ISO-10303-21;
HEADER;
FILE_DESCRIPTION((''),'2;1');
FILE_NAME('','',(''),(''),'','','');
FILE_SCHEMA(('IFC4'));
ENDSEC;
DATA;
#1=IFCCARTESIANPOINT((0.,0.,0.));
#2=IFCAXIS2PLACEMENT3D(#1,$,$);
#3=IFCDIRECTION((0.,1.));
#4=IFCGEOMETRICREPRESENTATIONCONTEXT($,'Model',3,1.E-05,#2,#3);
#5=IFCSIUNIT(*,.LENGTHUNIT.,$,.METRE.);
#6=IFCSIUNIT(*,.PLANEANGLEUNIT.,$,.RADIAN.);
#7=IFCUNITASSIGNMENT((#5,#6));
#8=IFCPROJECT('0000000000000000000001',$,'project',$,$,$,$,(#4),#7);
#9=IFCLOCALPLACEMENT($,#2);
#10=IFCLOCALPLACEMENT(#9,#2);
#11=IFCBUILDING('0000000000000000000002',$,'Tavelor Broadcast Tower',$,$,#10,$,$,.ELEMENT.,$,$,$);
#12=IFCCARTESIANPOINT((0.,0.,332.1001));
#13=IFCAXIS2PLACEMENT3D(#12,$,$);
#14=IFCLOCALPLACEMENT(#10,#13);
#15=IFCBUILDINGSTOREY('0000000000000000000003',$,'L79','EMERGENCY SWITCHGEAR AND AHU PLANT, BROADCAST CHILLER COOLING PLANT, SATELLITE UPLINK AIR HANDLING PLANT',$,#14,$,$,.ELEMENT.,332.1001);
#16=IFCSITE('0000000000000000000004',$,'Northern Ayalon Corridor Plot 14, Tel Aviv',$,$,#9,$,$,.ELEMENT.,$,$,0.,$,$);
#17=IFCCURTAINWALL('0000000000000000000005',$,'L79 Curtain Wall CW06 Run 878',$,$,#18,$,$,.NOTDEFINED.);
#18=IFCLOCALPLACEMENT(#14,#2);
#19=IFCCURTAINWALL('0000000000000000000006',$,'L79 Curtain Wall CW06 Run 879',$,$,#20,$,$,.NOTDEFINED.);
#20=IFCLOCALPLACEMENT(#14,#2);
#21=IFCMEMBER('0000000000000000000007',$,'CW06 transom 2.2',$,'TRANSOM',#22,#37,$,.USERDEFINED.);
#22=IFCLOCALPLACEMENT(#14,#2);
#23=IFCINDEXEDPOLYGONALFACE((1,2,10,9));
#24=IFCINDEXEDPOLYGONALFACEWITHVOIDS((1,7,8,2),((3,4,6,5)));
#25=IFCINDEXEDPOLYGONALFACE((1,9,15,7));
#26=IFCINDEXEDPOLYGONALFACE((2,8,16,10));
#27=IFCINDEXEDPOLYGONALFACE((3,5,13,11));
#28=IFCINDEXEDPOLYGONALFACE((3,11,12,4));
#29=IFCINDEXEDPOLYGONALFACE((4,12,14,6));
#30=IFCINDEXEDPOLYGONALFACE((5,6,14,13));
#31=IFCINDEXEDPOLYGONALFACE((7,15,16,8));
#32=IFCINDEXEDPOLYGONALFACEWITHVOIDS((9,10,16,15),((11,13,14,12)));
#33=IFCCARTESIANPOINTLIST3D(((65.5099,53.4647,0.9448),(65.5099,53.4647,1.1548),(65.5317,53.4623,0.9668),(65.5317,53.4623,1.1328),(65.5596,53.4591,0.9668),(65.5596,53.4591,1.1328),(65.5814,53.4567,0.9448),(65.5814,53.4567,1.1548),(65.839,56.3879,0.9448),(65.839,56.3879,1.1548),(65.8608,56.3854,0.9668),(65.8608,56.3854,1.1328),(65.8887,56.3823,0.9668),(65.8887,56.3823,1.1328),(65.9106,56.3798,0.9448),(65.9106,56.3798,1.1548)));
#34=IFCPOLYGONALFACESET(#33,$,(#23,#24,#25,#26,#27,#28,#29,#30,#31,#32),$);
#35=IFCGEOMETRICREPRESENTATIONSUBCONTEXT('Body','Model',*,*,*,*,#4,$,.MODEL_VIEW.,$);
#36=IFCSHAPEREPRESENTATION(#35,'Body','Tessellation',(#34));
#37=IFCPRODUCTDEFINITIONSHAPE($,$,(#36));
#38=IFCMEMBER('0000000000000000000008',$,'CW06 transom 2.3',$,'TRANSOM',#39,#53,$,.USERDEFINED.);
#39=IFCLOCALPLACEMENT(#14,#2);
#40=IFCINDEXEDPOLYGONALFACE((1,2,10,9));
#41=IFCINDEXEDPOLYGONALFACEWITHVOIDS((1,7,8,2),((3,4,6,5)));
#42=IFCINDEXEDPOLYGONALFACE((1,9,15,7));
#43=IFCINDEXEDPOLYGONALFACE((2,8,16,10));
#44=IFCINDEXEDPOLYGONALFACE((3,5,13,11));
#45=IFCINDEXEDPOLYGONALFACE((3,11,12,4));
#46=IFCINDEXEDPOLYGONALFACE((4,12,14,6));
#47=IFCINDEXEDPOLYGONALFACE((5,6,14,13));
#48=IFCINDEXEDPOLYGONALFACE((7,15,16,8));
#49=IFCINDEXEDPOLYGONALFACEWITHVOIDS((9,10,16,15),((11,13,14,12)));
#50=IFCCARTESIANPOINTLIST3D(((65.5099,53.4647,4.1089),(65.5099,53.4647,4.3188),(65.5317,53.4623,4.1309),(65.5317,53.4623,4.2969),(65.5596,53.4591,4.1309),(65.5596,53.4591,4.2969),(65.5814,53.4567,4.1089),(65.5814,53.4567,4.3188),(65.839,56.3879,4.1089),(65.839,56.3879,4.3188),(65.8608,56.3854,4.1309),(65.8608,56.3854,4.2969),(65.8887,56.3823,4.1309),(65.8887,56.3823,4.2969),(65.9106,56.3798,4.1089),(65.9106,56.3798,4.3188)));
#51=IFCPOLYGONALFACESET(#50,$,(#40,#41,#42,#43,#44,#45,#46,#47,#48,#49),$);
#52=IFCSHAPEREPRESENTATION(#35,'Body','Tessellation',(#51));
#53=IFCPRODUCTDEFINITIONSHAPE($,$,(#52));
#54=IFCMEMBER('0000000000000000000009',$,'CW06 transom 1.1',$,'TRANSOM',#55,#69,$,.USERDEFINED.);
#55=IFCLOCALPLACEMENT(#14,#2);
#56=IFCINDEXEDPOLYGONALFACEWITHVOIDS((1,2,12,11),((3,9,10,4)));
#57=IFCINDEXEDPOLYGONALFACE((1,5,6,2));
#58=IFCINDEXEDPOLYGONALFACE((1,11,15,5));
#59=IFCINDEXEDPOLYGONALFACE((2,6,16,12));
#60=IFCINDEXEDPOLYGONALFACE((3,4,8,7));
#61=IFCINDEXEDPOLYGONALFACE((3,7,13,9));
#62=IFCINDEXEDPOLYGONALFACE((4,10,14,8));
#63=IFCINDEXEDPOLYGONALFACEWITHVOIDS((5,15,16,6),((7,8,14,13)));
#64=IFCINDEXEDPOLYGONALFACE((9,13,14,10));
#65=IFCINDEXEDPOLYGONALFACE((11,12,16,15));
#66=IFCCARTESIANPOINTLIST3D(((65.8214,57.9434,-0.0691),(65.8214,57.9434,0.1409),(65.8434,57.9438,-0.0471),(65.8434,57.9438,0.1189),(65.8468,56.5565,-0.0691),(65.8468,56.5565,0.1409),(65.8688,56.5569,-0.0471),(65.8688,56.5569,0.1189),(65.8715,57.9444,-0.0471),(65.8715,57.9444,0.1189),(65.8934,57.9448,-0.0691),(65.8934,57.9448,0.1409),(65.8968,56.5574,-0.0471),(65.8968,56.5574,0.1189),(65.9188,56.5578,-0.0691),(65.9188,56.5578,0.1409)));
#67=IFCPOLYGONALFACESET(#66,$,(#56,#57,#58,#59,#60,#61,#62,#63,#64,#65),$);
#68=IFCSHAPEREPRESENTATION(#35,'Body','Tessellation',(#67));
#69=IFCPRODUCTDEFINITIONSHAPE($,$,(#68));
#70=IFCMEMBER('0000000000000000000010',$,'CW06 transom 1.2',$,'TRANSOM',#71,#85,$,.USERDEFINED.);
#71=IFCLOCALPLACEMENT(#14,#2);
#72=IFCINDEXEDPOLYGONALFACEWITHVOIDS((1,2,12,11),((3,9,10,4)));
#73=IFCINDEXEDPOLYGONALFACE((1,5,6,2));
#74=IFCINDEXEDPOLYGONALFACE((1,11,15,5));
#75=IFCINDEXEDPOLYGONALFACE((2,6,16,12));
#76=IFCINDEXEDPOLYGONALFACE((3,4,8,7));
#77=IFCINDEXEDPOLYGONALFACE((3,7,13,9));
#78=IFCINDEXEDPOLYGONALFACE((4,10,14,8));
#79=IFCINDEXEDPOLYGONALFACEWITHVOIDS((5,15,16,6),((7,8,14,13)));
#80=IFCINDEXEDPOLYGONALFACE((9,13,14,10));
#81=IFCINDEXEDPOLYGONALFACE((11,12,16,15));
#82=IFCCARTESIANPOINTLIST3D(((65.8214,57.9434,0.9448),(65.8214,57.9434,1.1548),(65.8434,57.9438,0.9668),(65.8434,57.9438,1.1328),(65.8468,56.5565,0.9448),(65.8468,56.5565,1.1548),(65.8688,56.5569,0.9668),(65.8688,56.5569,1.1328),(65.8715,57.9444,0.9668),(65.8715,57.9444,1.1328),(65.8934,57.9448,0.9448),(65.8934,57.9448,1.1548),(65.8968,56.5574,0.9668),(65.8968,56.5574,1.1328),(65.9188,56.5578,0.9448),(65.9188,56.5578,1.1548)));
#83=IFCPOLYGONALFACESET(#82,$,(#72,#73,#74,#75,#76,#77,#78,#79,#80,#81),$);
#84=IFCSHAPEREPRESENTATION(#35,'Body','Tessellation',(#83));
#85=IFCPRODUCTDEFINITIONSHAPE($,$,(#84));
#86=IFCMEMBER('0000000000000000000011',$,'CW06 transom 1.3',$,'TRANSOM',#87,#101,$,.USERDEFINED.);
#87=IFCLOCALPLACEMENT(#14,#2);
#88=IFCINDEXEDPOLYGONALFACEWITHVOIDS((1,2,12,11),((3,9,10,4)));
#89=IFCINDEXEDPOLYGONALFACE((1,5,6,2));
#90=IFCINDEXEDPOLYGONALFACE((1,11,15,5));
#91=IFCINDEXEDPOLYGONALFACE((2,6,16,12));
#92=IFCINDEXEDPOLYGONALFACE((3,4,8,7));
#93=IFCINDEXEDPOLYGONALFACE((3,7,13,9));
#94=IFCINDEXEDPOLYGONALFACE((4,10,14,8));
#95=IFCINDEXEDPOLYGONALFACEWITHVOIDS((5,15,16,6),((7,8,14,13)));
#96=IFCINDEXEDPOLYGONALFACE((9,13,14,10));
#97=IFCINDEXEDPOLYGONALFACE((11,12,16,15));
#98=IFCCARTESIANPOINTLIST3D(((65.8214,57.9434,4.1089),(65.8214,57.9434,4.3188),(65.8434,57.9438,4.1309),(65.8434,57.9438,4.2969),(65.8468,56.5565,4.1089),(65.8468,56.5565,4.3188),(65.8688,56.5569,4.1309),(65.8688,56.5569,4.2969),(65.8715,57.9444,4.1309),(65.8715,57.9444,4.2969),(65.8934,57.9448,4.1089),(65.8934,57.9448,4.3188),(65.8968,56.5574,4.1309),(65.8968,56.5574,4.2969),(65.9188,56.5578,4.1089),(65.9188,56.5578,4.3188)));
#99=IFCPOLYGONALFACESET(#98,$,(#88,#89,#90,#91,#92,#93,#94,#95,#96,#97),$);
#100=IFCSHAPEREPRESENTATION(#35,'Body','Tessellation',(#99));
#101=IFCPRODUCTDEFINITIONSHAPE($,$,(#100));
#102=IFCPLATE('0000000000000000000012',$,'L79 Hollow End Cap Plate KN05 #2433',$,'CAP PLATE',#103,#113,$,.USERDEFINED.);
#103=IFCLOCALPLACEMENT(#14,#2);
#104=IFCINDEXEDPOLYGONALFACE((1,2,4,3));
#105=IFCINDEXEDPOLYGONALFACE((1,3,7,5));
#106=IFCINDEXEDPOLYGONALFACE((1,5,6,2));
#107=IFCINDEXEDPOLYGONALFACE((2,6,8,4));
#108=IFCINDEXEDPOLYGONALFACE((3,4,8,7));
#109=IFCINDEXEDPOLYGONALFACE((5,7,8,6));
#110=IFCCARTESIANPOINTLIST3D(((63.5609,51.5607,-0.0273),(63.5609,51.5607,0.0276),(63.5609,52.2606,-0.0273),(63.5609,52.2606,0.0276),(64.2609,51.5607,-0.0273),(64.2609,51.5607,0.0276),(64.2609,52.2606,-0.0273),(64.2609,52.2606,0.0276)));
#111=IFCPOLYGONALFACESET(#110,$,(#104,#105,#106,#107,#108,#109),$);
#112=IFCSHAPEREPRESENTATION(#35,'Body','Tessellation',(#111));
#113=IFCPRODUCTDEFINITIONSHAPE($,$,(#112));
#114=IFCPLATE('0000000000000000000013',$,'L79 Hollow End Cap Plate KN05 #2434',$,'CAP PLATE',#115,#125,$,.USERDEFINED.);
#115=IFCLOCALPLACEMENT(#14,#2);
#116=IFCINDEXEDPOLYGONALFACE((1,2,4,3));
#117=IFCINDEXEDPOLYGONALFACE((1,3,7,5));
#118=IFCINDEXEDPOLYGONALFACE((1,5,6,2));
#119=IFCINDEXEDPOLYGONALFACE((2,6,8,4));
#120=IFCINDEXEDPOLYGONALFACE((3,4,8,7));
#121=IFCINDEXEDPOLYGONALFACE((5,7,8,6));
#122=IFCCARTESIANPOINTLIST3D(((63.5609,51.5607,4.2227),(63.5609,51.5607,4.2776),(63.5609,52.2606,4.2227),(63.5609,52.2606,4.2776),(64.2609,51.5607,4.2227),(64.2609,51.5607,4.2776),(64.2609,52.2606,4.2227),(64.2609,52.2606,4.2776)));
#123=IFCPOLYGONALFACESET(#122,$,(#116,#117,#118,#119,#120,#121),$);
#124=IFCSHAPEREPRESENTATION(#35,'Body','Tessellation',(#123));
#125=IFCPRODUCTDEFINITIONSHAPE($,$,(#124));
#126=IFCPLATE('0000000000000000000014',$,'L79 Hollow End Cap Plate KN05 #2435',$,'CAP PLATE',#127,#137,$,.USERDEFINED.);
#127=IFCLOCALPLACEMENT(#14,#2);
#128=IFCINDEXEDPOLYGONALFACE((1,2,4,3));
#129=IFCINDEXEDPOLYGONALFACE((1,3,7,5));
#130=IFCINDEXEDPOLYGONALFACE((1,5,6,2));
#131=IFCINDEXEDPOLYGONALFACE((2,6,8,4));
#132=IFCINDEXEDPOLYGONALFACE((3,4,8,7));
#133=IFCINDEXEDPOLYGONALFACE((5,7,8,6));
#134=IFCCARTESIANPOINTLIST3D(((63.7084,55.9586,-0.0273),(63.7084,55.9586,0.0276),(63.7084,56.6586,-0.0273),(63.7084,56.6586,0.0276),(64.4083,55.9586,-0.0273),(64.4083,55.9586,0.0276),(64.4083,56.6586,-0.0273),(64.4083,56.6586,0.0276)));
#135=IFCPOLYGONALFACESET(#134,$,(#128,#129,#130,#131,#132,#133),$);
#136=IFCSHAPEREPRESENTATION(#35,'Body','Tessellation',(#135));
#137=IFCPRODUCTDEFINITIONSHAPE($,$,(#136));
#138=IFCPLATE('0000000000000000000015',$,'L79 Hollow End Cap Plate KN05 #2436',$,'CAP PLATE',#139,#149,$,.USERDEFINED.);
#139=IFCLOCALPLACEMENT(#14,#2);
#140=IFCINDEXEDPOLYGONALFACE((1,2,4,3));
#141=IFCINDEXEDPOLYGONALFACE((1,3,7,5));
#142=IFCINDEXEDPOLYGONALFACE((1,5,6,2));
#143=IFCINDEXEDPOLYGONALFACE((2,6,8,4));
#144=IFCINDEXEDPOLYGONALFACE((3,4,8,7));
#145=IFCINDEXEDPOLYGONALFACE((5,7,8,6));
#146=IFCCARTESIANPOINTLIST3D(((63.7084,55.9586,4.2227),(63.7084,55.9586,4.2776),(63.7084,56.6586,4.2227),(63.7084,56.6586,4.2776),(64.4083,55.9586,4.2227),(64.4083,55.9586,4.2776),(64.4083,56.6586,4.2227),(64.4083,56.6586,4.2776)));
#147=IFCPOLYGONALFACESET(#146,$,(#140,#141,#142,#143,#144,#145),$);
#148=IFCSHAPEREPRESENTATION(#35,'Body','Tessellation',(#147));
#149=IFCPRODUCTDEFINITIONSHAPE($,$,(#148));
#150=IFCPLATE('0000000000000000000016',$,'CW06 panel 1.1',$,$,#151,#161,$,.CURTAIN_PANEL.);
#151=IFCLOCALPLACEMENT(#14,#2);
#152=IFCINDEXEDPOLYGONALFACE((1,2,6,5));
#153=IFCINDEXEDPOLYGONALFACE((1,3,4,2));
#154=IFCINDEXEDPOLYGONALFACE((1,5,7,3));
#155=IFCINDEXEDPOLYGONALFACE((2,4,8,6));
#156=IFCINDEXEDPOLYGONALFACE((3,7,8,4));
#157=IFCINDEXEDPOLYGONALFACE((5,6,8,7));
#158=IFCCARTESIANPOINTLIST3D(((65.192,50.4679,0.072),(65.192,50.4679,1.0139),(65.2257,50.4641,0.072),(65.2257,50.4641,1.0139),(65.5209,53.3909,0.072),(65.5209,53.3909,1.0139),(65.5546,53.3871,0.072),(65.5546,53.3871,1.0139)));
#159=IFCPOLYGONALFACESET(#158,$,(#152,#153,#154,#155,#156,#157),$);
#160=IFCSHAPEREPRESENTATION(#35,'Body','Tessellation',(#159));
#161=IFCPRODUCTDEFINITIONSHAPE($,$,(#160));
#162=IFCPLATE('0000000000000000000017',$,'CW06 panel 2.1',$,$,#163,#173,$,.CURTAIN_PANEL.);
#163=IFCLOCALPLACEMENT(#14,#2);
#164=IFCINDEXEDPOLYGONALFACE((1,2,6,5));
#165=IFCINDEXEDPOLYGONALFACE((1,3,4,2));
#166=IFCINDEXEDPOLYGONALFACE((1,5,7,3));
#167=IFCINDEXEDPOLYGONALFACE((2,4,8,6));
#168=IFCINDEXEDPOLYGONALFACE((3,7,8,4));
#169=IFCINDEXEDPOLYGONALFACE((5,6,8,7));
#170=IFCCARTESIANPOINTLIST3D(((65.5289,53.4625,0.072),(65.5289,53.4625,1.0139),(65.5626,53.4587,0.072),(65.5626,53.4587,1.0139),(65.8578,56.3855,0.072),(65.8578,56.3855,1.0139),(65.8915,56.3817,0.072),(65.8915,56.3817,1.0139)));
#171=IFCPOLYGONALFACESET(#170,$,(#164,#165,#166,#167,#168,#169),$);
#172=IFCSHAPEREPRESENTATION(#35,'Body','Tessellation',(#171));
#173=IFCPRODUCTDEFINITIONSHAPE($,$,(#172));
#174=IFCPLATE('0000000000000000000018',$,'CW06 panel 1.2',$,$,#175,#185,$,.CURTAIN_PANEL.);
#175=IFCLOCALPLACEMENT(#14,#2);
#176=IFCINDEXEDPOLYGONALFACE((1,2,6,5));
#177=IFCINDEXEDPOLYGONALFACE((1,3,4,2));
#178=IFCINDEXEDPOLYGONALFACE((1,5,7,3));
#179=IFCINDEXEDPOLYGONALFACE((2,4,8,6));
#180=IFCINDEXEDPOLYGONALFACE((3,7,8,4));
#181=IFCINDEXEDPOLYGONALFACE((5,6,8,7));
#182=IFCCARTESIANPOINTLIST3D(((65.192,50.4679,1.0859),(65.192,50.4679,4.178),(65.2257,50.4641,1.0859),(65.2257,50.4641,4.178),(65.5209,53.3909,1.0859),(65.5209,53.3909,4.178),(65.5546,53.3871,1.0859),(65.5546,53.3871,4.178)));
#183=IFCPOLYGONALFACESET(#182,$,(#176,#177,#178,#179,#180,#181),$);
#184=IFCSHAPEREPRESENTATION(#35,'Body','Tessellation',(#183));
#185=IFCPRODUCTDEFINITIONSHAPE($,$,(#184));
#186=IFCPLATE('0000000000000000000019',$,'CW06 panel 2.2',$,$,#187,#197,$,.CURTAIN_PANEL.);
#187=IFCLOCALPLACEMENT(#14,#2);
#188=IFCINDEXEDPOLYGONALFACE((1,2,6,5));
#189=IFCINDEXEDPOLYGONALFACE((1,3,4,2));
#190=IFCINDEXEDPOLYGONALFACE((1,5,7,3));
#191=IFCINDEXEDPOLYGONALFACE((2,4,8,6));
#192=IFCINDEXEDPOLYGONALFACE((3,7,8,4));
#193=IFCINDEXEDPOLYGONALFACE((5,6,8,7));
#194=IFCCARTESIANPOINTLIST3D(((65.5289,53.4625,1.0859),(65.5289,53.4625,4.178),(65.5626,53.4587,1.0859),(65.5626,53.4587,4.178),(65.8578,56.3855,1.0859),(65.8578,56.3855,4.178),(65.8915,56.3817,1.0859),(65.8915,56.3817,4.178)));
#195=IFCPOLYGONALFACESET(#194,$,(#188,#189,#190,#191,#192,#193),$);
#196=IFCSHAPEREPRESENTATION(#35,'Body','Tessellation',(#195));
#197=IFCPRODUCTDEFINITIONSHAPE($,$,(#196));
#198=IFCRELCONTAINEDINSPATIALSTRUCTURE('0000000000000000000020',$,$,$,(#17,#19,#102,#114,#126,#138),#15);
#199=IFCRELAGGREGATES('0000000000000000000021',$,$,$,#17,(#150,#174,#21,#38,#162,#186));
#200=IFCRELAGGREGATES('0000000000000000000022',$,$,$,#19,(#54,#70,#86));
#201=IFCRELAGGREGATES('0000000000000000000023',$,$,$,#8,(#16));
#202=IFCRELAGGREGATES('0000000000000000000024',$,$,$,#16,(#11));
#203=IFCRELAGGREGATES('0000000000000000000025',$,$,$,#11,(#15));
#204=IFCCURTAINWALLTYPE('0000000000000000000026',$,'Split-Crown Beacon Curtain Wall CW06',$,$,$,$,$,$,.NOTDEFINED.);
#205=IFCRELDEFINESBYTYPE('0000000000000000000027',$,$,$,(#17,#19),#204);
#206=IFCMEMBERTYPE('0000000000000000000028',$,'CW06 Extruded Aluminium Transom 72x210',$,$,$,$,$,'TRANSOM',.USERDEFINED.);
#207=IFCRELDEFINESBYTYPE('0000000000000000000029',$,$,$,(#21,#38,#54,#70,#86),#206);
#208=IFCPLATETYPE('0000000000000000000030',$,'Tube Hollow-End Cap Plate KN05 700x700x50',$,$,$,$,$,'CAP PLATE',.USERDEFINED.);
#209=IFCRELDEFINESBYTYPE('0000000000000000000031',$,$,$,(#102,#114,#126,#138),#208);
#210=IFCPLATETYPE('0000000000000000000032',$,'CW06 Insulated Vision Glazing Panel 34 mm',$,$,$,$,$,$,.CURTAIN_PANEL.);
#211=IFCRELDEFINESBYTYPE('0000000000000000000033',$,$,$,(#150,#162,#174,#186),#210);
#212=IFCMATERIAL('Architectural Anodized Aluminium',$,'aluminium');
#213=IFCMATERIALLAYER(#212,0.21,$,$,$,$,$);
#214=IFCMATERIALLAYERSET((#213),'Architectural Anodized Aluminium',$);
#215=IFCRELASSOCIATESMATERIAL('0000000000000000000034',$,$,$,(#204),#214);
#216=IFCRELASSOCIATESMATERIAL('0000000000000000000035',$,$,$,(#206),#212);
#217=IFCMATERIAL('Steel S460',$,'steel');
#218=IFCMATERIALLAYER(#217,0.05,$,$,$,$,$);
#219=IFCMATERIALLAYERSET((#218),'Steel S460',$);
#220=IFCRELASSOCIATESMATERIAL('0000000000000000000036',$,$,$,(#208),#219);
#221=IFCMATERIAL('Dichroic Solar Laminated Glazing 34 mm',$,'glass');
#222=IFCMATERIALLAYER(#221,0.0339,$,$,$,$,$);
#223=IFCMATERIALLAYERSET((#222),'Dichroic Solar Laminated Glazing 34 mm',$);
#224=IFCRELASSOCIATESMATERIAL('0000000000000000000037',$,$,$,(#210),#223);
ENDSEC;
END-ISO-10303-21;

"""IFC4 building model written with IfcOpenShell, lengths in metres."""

from ifc_helpers import new_model, si_unit, direction, frame, origin, origin_2d, place, context, subcontext, project, spatial, rectangle, hollow_rectangle, extrude, source, transform, mapped, material, layer, layer_set, material_profile, profile_set, type_object, type_shapes, element, aggregate, save


model = new_model("IFC4")

# Units and contexts
model_context = context("Model", 3, precision=1e-05, world=origin(), true_north=direction((0.0, 1.0)))
body_context = subcontext(model_context, "Body", "Model", "MODEL_VIEW")
ifc_project = project(units=[si_unit("LENGTHUNIT", "METRE"), si_unit("PLANEANGLEUNIT", "RADIAN")], contexts=[model_context])

# Site, building, storey
site_placement = place(None, origin())
site = spatial("IfcSite", under=ifc_project, at=site_placement, Name="Northern Ayalon Corridor Plot 14, Tel Aviv", CompositionType="ELEMENT", RefElevation=0.0)
building_placement = place(site_placement, origin())
building = spatial("IfcBuilding", under=site, at=building_placement, Name="Tavelor Broadcast Tower", CompositionType="ELEMENT")
storey_placement = place(building_placement, frame((0.0, 0.0, 332.1001)))
storey = spatial("IfcBuildingStorey", under=building, at=storey_placement, Name="L79", Description="EMERGENCY SWITCHGEAR AND AHU PLANT, BROADCAST CHILLER COOLING PLANT, SATELLITE UPLINK AIR HANDLING PLANT", CompositionType="ELEMENT", Elevation=332.1001)

# Curtain walls
ifc_material_1 = material(Name="Architectural Anodized Aluminium", Category="aluminium")
ifc_layer_1 = layer(ifc_material_1, 0.21)
ifc_layer_set_1 = layer_set([ifc_layer_1], Name="Architectural Anodized Aluminium")
curtain_wall_type = type_object("IfcCurtainWallType", Name="Split-Crown Beacon Curtain Wall CW06", PredefinedType="NOTDEFINED", material=ifc_layer_set_1)
curtain_wall_1_placement = place(storey_placement, origin())
curtain_wall_1 = element("IfcCurtainWall", 1, at=curtain_wall_1_placement, inside=storey, type_object=curtain_wall_type, Name="L79 Curtain Wall CW06 Run 878", PredefinedType="NOTDEFINED")
curtain_wall_2_placement = place(storey_placement, origin())
curtain_wall_2 = element("IfcCurtainWall", 2, at=curtain_wall_2_placement, inside=storey, type_object=curtain_wall_type, Name="L79 Curtain Wall CW06 Run 879", PredefinedType="NOTDEFINED")

# Members
ifc_material_profile_1 = material_profile(ifc_material_1, hollow_rectangle(XDim=0.072, YDim=0.21, WallThickness=0.022, at=origin_2d()), Name="RHS 72x210x22")
ifc_profile_set_1 = profile_set([ifc_material_profile_1], Name="Architectural Anodized Aluminium")
member_type_1 = type_object("IfcMemberType", Name="CW06 Extruded Aluminium Transom 72x210", ElementType="TRANSOM", PredefinedType="USERDEFINED", material=ifc_profile_set_1)
shared_shape_1 = source(origin(), body_context, "Body", "SweptSolid", [
    extrude(hollow_rectangle(XDim=0.072, YDim=0.21, WallThickness=0.022, at=origin_2d()), origin(), (0.0, 0.0, 1.0), 2.9417),
])
member_1_placement = place(storey_placement, frame((65.5457, 53.4607, 1.0498), z_axis=(0.11188, 0.993722, 0.0), x_axis=(-0.993722, 0.11188, 0.0)))
member_1 = element("IfcMember", 3, at=member_1_placement, type_object=member_type_1, Name="CW06 transom 2.2", ObjectType="TRANSOM", PredefinedType="USERDEFINED", context=body_context, shape_type="MappedRepresentation", body=[
    mapped(shared_shape_1, transform((0.0, 0.0, 0.0), scale=1.0)),
])
member_2_placement = place(storey_placement, frame((65.5457, 53.4607, 4.2139), z_axis=(0.11188, 0.993722, 0.0), x_axis=(-0.993722, 0.11188, 0.0)))
member_2 = element("IfcMember", 4, at=member_2_placement, type_object=member_type_1, Name="CW06 transom 2.3", ObjectType="TRANSOM", PredefinedType="USERDEFINED", context=body_context, shape_type="MappedRepresentation", body=[
    mapped(shared_shape_1, transform((0.0, 0.0, 0.0), scale=1.0)),
])
shared_shape_2 = source(origin(), body_context, "Body", "SweptSolid", [
    extrude(hollow_rectangle(XDim=0.072, YDim=0.21, WallThickness=0.022, at=origin_2d()), origin(), (0.0, 0.0, 1.0), 1.3872),
])
type_shapes(member_type_1, [shared_shape_1, shared_shape_2])
member_3_placement = place(storey_placement, frame((65.8828, 56.5571, 0.0359), z_axis=(-0.018304, 0.999832, 0.0), x_axis=(-0.999832, -0.018304, 0.0)))
member_3 = element("IfcMember", 5, at=member_3_placement, type_object=member_type_1, Name="CW06 transom 1.1", ObjectType="TRANSOM", PredefinedType="USERDEFINED", context=body_context, shape_type="MappedRepresentation", body=[
    mapped(shared_shape_2, transform((0.0, 0.0, 0.0), scale=1.0)),
])
member_4_placement = place(storey_placement, frame((65.8828, 56.5571, 1.0498), z_axis=(-0.018304, 0.999832, 0.0), x_axis=(-0.999832, -0.018304, 0.0)))
member_4 = element("IfcMember", 6, at=member_4_placement, type_object=member_type_1, Name="CW06 transom 1.2", ObjectType="TRANSOM", PredefinedType="USERDEFINED", context=body_context, shape_type="MappedRepresentation", body=[
    mapped(shared_shape_2, transform((0.0, 0.0, 0.0), scale=1.0)),
])
member_5_placement = place(storey_placement, frame((65.8828, 56.5571, 4.2139), z_axis=(-0.018304, 0.999832, 0.0), x_axis=(-0.999832, -0.018304, 0.0)))
member_5 = element("IfcMember", 7, at=member_5_placement, type_object=member_type_1, Name="CW06 transom 1.3", ObjectType="TRANSOM", PredefinedType="USERDEFINED", context=body_context, shape_type="MappedRepresentation", body=[
    mapped(shared_shape_2, transform((0.0, 0.0, 0.0), scale=1.0)),
])

# Plates
ifc_material_2 = material(Name="Steel S460", Category="steel")
ifc_layer_2 = layer(ifc_material_2, 0.05)
ifc_layer_set_2 = layer_set([ifc_layer_2], Name="Steel S460")
plate_type_1 = type_object("IfcPlateType", Name="Tube Hollow-End Cap Plate KN05 700x700x50", ElementType="CAP PLATE", PredefinedType="USERDEFINED", material=ifc_layer_set_2)
shared_shape_3 = source(origin(), body_context, "Body", "SweptSolid", [
    extrude(rectangle(XDim=0.7, YDim=0.7, at=origin_2d()), origin(), (0.0, 0.0, 1.0), 0.0549),
])
type_shapes(plate_type_1, [shared_shape_3])
for number, where, z_axis, x_axis, name in (
    (8, (63.9109, 51.9106, -0.0273), (0.0, 0.0, 1.0), (1.0, 0.0, 0.0), "L79 Hollow End Cap Plate KN05 #2433"),
    (9, (63.9109, 51.9106, 4.2227), (0.0, 0.0, 1.0), (1.0, 0.0, 0.0), "L79 Hollow End Cap Plate KN05 #2434"),
    (10, (64.0583, 56.3086, -0.0273), (0.0, 0.0, 1.0), (1.0, 0.0, 0.0), "L79 Hollow End Cap Plate KN05 #2435"),
    (11, (64.0583, 56.3086, 4.2227), (0.0, 0.0, 1.0), (1.0, 0.0, 0.0), "L79 Hollow End Cap Plate KN05 #2436"),
):
    element("IfcPlate", number, at=place(storey_placement, frame(where, z_axis=z_axis, x_axis=x_axis)), inside=storey, type_object=plate_type_1, Name=name, ObjectType="CAP PLATE", PredefinedType="USERDEFINED", context=body_context, shape_type="MappedRepresentation", body=[
        mapped(shared_shape_3, transform((0.0, 0.0, 0.0), scale=1.0)),
    ])

# Plates
ifc_material_3 = material(Name="Dichroic Solar Laminated Glazing 34 mm", Category="glass")
ifc_layer_3 = layer(ifc_material_3, 0.0339)
ifc_layer_set_3 = layer_set([ifc_layer_3], Name="Dichroic Solar Laminated Glazing 34 mm")
plate_type_2 = type_object("IfcPlateType", Name="CW06 Insulated Vision Glazing Panel 34 mm", PredefinedType="CURTAIN_PANEL", material=ifc_layer_set_3)
shared_shape_4 = source(origin(), body_context, "Body", "SweptSolid", [
    extrude(rectangle(XDim=2.9414, YDim=0.0339, at=origin_2d()), origin(), (0.0, 0.0, 1.0), 0.9419),
])
plate_1_placement = place(storey_placement, frame((65.3733, 51.9275, 0.072), z_axis=(0.0, 0.0, 1.0), x_axis=(0.111821, 0.993728, 0.0)))
plate_1 = element("IfcPlate", 12, at=plate_1_placement, type_object=plate_type_2, Name="CW06 panel 1.1", PredefinedType="CURTAIN_PANEL", context=body_context, shape_type="MappedRepresentation", body=[
    mapped(shared_shape_4, transform((0.0, 0.0, 0.0), scale=1.0)),
])
plate_2_placement = place(storey_placement, frame((65.7102, 54.9221, 0.072), z_axis=(0.0, 0.0, 1.0), x_axis=(0.111821, 0.993728, 0.0)))
plate_2 = element("IfcPlate", 13, at=plate_2_placement, type_object=plate_type_2, Name="CW06 panel 2.1", PredefinedType="CURTAIN_PANEL", context=body_context, shape_type="MappedRepresentation", body=[
    mapped(shared_shape_4, transform((0.0, 0.0, 0.0), scale=1.0)),
])
shared_shape_5 = source(origin(), body_context, "Body", "SweptSolid", [
    extrude(rectangle(XDim=2.9414, YDim=0.0339, at=origin_2d()), origin(), (0.0, 0.0, 1.0), 3.092),
])
plate_3_placement = place(storey_placement, frame((65.3733, 51.9275, 1.0859), z_axis=(0.0, 0.0, 1.0), x_axis=(0.111821, 0.993728, 0.0)))
plate_3 = element("IfcPlate", 14, at=plate_3_placement, type_object=plate_type_2, Name="CW06 panel 1.2", PredefinedType="CURTAIN_PANEL", context=body_context, shape_type="MappedRepresentation", body=[
    mapped(shared_shape_5, transform((0.0, 0.0, 0.0), scale=1.0)),
])
plate_4_placement = place(storey_placement, frame((65.7102, 54.9221, 1.0859), z_axis=(0.0, 0.0, 1.0), x_axis=(0.111821, 0.993728, 0.0)))
plate_4 = element("IfcPlate", 15, at=plate_4_placement, type_object=plate_type_2, Name="CW06 panel 2.2", PredefinedType="CURTAIN_PANEL", context=body_context, shape_type="MappedRepresentation", body=[
    mapped(shared_shape_5, transform((0.0, 0.0, 0.0), scale=1.0)),
])
aggregate(curtain_wall_1, [plate_1, plate_3, member_1, member_2, plate_2, plate_4])
aggregate(curtain_wall_2, [member_3, member_4, member_5])

save(model, "model.ifc")
